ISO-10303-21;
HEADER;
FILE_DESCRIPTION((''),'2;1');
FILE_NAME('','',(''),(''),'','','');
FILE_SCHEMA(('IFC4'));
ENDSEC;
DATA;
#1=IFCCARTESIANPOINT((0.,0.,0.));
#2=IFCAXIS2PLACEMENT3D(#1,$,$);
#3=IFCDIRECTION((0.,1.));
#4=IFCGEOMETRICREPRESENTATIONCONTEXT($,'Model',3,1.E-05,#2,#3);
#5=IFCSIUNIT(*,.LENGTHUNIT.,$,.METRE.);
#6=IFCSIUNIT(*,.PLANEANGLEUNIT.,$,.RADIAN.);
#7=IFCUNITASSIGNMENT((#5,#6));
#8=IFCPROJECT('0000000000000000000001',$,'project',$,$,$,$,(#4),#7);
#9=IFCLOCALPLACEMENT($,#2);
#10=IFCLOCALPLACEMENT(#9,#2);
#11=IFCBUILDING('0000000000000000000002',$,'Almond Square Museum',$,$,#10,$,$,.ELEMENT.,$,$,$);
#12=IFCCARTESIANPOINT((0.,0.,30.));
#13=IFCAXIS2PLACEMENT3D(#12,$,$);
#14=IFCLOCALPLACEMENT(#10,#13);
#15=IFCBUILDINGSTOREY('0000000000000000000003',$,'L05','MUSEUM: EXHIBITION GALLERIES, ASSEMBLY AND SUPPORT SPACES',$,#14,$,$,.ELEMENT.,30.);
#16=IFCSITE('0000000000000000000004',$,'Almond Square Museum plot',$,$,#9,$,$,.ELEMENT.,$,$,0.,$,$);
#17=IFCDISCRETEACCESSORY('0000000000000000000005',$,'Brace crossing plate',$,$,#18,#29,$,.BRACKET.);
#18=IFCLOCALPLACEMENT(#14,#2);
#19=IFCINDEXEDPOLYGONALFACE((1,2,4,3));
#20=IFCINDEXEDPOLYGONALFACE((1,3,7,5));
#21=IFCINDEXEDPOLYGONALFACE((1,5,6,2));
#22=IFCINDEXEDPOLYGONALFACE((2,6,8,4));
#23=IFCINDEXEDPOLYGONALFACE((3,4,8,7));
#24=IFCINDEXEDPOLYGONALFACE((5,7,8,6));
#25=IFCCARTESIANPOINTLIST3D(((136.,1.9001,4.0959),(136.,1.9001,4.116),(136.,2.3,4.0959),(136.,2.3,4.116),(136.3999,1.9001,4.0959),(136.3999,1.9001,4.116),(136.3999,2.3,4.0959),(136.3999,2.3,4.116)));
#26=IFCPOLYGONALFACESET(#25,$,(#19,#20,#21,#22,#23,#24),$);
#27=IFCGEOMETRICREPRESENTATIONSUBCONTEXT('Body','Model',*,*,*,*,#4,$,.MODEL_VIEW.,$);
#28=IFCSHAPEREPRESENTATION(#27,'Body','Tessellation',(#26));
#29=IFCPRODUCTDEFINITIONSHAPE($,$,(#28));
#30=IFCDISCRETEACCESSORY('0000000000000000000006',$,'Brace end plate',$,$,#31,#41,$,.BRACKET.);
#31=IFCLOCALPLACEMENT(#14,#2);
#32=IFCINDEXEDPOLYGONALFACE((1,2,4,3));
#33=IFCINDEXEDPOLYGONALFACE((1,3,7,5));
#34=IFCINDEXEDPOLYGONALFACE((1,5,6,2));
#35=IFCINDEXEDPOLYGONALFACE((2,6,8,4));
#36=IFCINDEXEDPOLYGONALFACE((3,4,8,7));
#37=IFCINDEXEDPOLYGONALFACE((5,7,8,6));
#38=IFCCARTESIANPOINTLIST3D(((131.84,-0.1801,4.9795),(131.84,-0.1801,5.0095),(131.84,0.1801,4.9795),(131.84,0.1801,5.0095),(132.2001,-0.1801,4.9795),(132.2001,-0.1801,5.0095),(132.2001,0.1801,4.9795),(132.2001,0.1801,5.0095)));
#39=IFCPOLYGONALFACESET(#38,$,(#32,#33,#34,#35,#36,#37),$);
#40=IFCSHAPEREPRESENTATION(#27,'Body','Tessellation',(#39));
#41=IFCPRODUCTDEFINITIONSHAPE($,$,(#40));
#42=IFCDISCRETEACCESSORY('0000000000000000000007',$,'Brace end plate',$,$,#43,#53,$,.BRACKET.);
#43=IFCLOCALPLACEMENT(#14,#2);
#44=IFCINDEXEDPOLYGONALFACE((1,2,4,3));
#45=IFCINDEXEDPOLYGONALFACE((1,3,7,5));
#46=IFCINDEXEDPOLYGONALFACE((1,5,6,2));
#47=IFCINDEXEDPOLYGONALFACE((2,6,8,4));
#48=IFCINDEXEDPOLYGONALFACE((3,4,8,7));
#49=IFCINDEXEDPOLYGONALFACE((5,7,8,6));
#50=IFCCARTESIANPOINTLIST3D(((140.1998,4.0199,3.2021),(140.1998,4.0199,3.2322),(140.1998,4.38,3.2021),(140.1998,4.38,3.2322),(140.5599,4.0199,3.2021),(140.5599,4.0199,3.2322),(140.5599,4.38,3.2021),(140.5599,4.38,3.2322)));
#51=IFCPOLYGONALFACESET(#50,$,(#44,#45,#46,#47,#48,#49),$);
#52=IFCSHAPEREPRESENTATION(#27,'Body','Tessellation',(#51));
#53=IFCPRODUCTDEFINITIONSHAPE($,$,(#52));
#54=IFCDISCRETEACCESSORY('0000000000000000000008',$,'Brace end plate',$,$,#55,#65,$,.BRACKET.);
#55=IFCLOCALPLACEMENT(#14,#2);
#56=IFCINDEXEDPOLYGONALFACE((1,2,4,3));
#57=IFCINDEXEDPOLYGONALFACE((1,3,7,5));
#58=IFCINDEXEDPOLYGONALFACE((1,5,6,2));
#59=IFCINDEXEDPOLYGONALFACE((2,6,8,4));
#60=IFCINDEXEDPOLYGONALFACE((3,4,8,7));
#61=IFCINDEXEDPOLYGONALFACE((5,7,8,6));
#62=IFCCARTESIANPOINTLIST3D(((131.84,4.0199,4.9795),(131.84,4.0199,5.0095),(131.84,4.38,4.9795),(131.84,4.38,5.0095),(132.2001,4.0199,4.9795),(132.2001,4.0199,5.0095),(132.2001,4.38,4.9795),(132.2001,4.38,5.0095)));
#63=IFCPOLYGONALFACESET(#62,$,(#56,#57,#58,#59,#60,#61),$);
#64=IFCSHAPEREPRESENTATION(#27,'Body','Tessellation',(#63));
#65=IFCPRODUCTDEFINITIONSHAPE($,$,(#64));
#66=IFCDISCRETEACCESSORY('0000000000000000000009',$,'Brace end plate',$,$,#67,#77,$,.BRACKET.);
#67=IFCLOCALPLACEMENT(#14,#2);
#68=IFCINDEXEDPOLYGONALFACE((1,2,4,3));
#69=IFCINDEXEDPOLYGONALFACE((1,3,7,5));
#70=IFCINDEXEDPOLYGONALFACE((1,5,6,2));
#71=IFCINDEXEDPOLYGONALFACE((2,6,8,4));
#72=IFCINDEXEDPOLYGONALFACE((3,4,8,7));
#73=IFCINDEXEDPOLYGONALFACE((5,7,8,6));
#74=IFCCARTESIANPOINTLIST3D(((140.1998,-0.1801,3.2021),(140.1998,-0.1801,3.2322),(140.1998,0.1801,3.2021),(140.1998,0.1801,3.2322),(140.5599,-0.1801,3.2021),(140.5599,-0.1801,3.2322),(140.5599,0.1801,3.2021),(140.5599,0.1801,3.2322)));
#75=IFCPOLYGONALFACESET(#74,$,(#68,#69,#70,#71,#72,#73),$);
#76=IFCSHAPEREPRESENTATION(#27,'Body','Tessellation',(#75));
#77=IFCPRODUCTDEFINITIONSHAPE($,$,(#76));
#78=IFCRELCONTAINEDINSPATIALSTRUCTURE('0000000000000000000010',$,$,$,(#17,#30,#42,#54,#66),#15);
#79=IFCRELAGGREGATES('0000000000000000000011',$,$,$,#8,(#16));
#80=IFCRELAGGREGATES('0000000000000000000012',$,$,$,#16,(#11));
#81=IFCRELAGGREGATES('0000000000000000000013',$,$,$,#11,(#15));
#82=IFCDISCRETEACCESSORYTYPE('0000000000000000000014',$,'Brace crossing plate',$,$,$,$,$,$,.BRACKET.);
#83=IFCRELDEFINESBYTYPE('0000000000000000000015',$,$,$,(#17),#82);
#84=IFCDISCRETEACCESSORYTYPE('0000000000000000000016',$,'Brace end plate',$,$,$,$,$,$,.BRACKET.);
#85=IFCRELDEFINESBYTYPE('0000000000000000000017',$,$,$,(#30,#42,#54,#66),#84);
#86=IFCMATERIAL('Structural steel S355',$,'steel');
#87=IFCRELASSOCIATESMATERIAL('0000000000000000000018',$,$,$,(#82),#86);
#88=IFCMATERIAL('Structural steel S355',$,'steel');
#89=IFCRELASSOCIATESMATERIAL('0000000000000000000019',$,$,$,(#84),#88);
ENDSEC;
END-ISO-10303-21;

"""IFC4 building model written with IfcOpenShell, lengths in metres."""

from ifc_helpers import new_model, si_unit, direction, frame, origin, origin_2d, place, context, subcontext, project, spatial, rectangle, extrude, material, type_object, element, save


model = new_model("IFC4")

# Units and contexts
model_context = context("Model", 3, precision=1e-05, world=origin(), true_north=direction((0.0, 1.0)))
body_context = subcontext(model_context, "Body", "Model", "MODEL_VIEW")
ifc_project = project(units=[si_unit("LENGTHUNIT", "METRE"), si_unit("PLANEANGLEUNIT", "RADIAN")], contexts=[model_context])

# Site, building, storey
site_placement = place(None, origin())
site = spatial("IfcSite", under=ifc_project, at=site_placement, Name="Almond Square Museum plot", CompositionType="ELEMENT", RefElevation=0.0)
building_placement = place(site_placement, origin())
building = spatial("IfcBuilding", under=site, at=building_placement, Name="Almond Square Museum", CompositionType="ELEMENT")
storey_placement = place(building_placement, frame((0.0, 0.0, 30.0)))
storey = spatial("IfcBuildingStorey", under=building, at=storey_placement, Name="L05", Description="MUSEUM: EXHIBITION GALLERIES, ASSEMBLY AND SUPPORT SPACES", CompositionType="ELEMENT", Elevation=30.0)

# Discrete accessories
ifc_material_1 = material(Name="Structural steel S355", Category="steel")
discrete_accessory_type_1 = type_object("IfcDiscreteAccessoryType", Name="Brace crossing plate", PredefinedType="BRACKET", material=ifc_material_1)
discrete_accessory_placement = place(storey_placement, frame((136.2, 2.1001, 4.0959), z_axis=(0.0, 0.0, 1.0), x_axis=(1.0, 0.0, 0.0)))
element("IfcDiscreteAccessory", 1, at=discrete_accessory_placement, inside=storey, type_object=discrete_accessory_type_1, Name="Brace crossing plate", PredefinedType="BRACKET", context=body_context, shape_type="SweptSolid", body=[
    extrude(rectangle(XDim=0.3999, YDim=0.3999, at=origin_2d()), origin(), (0.0, 0.0, 1.0), 0.02),
])
ifc_material_2 = material(Name="Structural steel S355", Category="steel")
discrete_accessory_type_2 = type_object("IfcDiscreteAccessoryType", Name="Brace end plate", PredefinedType="BRACKET", material=ifc_material_2)
for number, where, z_axis, x_axis, name in (
    (2, (132.02, 0.0, 4.9795), (0.0, 0.0, 1.0), (1.0, 0.0, 0.0), "Brace end plate"),
    (3, (140.3799, 4.2, 3.2021), (0.0, 0.0, 1.0), (1.0, 0.0, 0.0), "Brace end plate"),
    (4, (132.02, 4.2, 4.9795), (0.0, 0.0, 1.0), (1.0, 0.0, 0.0), "Brace end plate"),
    (5, (140.3799, 0.0, 3.2021), (0.0, 0.0, 1.0), (1.0, 0.0, 0.0), "Brace end plate"),
):
    element("IfcDiscreteAccessory", number, at=place(storey_placement, frame(where, z_axis=z_axis, x_axis=x_axis)), inside=storey, type_object=discrete_accessory_type_2, Name=name, PredefinedType="BRACKET", context=body_context, shape_type="SweptSolid", body=[
        extrude(rectangle(XDim=0.3601, YDim=0.3601, at=origin_2d()), origin(), (0.0, 0.0, 1.0), 0.03),
    ])

save(model, "model.ifc")
